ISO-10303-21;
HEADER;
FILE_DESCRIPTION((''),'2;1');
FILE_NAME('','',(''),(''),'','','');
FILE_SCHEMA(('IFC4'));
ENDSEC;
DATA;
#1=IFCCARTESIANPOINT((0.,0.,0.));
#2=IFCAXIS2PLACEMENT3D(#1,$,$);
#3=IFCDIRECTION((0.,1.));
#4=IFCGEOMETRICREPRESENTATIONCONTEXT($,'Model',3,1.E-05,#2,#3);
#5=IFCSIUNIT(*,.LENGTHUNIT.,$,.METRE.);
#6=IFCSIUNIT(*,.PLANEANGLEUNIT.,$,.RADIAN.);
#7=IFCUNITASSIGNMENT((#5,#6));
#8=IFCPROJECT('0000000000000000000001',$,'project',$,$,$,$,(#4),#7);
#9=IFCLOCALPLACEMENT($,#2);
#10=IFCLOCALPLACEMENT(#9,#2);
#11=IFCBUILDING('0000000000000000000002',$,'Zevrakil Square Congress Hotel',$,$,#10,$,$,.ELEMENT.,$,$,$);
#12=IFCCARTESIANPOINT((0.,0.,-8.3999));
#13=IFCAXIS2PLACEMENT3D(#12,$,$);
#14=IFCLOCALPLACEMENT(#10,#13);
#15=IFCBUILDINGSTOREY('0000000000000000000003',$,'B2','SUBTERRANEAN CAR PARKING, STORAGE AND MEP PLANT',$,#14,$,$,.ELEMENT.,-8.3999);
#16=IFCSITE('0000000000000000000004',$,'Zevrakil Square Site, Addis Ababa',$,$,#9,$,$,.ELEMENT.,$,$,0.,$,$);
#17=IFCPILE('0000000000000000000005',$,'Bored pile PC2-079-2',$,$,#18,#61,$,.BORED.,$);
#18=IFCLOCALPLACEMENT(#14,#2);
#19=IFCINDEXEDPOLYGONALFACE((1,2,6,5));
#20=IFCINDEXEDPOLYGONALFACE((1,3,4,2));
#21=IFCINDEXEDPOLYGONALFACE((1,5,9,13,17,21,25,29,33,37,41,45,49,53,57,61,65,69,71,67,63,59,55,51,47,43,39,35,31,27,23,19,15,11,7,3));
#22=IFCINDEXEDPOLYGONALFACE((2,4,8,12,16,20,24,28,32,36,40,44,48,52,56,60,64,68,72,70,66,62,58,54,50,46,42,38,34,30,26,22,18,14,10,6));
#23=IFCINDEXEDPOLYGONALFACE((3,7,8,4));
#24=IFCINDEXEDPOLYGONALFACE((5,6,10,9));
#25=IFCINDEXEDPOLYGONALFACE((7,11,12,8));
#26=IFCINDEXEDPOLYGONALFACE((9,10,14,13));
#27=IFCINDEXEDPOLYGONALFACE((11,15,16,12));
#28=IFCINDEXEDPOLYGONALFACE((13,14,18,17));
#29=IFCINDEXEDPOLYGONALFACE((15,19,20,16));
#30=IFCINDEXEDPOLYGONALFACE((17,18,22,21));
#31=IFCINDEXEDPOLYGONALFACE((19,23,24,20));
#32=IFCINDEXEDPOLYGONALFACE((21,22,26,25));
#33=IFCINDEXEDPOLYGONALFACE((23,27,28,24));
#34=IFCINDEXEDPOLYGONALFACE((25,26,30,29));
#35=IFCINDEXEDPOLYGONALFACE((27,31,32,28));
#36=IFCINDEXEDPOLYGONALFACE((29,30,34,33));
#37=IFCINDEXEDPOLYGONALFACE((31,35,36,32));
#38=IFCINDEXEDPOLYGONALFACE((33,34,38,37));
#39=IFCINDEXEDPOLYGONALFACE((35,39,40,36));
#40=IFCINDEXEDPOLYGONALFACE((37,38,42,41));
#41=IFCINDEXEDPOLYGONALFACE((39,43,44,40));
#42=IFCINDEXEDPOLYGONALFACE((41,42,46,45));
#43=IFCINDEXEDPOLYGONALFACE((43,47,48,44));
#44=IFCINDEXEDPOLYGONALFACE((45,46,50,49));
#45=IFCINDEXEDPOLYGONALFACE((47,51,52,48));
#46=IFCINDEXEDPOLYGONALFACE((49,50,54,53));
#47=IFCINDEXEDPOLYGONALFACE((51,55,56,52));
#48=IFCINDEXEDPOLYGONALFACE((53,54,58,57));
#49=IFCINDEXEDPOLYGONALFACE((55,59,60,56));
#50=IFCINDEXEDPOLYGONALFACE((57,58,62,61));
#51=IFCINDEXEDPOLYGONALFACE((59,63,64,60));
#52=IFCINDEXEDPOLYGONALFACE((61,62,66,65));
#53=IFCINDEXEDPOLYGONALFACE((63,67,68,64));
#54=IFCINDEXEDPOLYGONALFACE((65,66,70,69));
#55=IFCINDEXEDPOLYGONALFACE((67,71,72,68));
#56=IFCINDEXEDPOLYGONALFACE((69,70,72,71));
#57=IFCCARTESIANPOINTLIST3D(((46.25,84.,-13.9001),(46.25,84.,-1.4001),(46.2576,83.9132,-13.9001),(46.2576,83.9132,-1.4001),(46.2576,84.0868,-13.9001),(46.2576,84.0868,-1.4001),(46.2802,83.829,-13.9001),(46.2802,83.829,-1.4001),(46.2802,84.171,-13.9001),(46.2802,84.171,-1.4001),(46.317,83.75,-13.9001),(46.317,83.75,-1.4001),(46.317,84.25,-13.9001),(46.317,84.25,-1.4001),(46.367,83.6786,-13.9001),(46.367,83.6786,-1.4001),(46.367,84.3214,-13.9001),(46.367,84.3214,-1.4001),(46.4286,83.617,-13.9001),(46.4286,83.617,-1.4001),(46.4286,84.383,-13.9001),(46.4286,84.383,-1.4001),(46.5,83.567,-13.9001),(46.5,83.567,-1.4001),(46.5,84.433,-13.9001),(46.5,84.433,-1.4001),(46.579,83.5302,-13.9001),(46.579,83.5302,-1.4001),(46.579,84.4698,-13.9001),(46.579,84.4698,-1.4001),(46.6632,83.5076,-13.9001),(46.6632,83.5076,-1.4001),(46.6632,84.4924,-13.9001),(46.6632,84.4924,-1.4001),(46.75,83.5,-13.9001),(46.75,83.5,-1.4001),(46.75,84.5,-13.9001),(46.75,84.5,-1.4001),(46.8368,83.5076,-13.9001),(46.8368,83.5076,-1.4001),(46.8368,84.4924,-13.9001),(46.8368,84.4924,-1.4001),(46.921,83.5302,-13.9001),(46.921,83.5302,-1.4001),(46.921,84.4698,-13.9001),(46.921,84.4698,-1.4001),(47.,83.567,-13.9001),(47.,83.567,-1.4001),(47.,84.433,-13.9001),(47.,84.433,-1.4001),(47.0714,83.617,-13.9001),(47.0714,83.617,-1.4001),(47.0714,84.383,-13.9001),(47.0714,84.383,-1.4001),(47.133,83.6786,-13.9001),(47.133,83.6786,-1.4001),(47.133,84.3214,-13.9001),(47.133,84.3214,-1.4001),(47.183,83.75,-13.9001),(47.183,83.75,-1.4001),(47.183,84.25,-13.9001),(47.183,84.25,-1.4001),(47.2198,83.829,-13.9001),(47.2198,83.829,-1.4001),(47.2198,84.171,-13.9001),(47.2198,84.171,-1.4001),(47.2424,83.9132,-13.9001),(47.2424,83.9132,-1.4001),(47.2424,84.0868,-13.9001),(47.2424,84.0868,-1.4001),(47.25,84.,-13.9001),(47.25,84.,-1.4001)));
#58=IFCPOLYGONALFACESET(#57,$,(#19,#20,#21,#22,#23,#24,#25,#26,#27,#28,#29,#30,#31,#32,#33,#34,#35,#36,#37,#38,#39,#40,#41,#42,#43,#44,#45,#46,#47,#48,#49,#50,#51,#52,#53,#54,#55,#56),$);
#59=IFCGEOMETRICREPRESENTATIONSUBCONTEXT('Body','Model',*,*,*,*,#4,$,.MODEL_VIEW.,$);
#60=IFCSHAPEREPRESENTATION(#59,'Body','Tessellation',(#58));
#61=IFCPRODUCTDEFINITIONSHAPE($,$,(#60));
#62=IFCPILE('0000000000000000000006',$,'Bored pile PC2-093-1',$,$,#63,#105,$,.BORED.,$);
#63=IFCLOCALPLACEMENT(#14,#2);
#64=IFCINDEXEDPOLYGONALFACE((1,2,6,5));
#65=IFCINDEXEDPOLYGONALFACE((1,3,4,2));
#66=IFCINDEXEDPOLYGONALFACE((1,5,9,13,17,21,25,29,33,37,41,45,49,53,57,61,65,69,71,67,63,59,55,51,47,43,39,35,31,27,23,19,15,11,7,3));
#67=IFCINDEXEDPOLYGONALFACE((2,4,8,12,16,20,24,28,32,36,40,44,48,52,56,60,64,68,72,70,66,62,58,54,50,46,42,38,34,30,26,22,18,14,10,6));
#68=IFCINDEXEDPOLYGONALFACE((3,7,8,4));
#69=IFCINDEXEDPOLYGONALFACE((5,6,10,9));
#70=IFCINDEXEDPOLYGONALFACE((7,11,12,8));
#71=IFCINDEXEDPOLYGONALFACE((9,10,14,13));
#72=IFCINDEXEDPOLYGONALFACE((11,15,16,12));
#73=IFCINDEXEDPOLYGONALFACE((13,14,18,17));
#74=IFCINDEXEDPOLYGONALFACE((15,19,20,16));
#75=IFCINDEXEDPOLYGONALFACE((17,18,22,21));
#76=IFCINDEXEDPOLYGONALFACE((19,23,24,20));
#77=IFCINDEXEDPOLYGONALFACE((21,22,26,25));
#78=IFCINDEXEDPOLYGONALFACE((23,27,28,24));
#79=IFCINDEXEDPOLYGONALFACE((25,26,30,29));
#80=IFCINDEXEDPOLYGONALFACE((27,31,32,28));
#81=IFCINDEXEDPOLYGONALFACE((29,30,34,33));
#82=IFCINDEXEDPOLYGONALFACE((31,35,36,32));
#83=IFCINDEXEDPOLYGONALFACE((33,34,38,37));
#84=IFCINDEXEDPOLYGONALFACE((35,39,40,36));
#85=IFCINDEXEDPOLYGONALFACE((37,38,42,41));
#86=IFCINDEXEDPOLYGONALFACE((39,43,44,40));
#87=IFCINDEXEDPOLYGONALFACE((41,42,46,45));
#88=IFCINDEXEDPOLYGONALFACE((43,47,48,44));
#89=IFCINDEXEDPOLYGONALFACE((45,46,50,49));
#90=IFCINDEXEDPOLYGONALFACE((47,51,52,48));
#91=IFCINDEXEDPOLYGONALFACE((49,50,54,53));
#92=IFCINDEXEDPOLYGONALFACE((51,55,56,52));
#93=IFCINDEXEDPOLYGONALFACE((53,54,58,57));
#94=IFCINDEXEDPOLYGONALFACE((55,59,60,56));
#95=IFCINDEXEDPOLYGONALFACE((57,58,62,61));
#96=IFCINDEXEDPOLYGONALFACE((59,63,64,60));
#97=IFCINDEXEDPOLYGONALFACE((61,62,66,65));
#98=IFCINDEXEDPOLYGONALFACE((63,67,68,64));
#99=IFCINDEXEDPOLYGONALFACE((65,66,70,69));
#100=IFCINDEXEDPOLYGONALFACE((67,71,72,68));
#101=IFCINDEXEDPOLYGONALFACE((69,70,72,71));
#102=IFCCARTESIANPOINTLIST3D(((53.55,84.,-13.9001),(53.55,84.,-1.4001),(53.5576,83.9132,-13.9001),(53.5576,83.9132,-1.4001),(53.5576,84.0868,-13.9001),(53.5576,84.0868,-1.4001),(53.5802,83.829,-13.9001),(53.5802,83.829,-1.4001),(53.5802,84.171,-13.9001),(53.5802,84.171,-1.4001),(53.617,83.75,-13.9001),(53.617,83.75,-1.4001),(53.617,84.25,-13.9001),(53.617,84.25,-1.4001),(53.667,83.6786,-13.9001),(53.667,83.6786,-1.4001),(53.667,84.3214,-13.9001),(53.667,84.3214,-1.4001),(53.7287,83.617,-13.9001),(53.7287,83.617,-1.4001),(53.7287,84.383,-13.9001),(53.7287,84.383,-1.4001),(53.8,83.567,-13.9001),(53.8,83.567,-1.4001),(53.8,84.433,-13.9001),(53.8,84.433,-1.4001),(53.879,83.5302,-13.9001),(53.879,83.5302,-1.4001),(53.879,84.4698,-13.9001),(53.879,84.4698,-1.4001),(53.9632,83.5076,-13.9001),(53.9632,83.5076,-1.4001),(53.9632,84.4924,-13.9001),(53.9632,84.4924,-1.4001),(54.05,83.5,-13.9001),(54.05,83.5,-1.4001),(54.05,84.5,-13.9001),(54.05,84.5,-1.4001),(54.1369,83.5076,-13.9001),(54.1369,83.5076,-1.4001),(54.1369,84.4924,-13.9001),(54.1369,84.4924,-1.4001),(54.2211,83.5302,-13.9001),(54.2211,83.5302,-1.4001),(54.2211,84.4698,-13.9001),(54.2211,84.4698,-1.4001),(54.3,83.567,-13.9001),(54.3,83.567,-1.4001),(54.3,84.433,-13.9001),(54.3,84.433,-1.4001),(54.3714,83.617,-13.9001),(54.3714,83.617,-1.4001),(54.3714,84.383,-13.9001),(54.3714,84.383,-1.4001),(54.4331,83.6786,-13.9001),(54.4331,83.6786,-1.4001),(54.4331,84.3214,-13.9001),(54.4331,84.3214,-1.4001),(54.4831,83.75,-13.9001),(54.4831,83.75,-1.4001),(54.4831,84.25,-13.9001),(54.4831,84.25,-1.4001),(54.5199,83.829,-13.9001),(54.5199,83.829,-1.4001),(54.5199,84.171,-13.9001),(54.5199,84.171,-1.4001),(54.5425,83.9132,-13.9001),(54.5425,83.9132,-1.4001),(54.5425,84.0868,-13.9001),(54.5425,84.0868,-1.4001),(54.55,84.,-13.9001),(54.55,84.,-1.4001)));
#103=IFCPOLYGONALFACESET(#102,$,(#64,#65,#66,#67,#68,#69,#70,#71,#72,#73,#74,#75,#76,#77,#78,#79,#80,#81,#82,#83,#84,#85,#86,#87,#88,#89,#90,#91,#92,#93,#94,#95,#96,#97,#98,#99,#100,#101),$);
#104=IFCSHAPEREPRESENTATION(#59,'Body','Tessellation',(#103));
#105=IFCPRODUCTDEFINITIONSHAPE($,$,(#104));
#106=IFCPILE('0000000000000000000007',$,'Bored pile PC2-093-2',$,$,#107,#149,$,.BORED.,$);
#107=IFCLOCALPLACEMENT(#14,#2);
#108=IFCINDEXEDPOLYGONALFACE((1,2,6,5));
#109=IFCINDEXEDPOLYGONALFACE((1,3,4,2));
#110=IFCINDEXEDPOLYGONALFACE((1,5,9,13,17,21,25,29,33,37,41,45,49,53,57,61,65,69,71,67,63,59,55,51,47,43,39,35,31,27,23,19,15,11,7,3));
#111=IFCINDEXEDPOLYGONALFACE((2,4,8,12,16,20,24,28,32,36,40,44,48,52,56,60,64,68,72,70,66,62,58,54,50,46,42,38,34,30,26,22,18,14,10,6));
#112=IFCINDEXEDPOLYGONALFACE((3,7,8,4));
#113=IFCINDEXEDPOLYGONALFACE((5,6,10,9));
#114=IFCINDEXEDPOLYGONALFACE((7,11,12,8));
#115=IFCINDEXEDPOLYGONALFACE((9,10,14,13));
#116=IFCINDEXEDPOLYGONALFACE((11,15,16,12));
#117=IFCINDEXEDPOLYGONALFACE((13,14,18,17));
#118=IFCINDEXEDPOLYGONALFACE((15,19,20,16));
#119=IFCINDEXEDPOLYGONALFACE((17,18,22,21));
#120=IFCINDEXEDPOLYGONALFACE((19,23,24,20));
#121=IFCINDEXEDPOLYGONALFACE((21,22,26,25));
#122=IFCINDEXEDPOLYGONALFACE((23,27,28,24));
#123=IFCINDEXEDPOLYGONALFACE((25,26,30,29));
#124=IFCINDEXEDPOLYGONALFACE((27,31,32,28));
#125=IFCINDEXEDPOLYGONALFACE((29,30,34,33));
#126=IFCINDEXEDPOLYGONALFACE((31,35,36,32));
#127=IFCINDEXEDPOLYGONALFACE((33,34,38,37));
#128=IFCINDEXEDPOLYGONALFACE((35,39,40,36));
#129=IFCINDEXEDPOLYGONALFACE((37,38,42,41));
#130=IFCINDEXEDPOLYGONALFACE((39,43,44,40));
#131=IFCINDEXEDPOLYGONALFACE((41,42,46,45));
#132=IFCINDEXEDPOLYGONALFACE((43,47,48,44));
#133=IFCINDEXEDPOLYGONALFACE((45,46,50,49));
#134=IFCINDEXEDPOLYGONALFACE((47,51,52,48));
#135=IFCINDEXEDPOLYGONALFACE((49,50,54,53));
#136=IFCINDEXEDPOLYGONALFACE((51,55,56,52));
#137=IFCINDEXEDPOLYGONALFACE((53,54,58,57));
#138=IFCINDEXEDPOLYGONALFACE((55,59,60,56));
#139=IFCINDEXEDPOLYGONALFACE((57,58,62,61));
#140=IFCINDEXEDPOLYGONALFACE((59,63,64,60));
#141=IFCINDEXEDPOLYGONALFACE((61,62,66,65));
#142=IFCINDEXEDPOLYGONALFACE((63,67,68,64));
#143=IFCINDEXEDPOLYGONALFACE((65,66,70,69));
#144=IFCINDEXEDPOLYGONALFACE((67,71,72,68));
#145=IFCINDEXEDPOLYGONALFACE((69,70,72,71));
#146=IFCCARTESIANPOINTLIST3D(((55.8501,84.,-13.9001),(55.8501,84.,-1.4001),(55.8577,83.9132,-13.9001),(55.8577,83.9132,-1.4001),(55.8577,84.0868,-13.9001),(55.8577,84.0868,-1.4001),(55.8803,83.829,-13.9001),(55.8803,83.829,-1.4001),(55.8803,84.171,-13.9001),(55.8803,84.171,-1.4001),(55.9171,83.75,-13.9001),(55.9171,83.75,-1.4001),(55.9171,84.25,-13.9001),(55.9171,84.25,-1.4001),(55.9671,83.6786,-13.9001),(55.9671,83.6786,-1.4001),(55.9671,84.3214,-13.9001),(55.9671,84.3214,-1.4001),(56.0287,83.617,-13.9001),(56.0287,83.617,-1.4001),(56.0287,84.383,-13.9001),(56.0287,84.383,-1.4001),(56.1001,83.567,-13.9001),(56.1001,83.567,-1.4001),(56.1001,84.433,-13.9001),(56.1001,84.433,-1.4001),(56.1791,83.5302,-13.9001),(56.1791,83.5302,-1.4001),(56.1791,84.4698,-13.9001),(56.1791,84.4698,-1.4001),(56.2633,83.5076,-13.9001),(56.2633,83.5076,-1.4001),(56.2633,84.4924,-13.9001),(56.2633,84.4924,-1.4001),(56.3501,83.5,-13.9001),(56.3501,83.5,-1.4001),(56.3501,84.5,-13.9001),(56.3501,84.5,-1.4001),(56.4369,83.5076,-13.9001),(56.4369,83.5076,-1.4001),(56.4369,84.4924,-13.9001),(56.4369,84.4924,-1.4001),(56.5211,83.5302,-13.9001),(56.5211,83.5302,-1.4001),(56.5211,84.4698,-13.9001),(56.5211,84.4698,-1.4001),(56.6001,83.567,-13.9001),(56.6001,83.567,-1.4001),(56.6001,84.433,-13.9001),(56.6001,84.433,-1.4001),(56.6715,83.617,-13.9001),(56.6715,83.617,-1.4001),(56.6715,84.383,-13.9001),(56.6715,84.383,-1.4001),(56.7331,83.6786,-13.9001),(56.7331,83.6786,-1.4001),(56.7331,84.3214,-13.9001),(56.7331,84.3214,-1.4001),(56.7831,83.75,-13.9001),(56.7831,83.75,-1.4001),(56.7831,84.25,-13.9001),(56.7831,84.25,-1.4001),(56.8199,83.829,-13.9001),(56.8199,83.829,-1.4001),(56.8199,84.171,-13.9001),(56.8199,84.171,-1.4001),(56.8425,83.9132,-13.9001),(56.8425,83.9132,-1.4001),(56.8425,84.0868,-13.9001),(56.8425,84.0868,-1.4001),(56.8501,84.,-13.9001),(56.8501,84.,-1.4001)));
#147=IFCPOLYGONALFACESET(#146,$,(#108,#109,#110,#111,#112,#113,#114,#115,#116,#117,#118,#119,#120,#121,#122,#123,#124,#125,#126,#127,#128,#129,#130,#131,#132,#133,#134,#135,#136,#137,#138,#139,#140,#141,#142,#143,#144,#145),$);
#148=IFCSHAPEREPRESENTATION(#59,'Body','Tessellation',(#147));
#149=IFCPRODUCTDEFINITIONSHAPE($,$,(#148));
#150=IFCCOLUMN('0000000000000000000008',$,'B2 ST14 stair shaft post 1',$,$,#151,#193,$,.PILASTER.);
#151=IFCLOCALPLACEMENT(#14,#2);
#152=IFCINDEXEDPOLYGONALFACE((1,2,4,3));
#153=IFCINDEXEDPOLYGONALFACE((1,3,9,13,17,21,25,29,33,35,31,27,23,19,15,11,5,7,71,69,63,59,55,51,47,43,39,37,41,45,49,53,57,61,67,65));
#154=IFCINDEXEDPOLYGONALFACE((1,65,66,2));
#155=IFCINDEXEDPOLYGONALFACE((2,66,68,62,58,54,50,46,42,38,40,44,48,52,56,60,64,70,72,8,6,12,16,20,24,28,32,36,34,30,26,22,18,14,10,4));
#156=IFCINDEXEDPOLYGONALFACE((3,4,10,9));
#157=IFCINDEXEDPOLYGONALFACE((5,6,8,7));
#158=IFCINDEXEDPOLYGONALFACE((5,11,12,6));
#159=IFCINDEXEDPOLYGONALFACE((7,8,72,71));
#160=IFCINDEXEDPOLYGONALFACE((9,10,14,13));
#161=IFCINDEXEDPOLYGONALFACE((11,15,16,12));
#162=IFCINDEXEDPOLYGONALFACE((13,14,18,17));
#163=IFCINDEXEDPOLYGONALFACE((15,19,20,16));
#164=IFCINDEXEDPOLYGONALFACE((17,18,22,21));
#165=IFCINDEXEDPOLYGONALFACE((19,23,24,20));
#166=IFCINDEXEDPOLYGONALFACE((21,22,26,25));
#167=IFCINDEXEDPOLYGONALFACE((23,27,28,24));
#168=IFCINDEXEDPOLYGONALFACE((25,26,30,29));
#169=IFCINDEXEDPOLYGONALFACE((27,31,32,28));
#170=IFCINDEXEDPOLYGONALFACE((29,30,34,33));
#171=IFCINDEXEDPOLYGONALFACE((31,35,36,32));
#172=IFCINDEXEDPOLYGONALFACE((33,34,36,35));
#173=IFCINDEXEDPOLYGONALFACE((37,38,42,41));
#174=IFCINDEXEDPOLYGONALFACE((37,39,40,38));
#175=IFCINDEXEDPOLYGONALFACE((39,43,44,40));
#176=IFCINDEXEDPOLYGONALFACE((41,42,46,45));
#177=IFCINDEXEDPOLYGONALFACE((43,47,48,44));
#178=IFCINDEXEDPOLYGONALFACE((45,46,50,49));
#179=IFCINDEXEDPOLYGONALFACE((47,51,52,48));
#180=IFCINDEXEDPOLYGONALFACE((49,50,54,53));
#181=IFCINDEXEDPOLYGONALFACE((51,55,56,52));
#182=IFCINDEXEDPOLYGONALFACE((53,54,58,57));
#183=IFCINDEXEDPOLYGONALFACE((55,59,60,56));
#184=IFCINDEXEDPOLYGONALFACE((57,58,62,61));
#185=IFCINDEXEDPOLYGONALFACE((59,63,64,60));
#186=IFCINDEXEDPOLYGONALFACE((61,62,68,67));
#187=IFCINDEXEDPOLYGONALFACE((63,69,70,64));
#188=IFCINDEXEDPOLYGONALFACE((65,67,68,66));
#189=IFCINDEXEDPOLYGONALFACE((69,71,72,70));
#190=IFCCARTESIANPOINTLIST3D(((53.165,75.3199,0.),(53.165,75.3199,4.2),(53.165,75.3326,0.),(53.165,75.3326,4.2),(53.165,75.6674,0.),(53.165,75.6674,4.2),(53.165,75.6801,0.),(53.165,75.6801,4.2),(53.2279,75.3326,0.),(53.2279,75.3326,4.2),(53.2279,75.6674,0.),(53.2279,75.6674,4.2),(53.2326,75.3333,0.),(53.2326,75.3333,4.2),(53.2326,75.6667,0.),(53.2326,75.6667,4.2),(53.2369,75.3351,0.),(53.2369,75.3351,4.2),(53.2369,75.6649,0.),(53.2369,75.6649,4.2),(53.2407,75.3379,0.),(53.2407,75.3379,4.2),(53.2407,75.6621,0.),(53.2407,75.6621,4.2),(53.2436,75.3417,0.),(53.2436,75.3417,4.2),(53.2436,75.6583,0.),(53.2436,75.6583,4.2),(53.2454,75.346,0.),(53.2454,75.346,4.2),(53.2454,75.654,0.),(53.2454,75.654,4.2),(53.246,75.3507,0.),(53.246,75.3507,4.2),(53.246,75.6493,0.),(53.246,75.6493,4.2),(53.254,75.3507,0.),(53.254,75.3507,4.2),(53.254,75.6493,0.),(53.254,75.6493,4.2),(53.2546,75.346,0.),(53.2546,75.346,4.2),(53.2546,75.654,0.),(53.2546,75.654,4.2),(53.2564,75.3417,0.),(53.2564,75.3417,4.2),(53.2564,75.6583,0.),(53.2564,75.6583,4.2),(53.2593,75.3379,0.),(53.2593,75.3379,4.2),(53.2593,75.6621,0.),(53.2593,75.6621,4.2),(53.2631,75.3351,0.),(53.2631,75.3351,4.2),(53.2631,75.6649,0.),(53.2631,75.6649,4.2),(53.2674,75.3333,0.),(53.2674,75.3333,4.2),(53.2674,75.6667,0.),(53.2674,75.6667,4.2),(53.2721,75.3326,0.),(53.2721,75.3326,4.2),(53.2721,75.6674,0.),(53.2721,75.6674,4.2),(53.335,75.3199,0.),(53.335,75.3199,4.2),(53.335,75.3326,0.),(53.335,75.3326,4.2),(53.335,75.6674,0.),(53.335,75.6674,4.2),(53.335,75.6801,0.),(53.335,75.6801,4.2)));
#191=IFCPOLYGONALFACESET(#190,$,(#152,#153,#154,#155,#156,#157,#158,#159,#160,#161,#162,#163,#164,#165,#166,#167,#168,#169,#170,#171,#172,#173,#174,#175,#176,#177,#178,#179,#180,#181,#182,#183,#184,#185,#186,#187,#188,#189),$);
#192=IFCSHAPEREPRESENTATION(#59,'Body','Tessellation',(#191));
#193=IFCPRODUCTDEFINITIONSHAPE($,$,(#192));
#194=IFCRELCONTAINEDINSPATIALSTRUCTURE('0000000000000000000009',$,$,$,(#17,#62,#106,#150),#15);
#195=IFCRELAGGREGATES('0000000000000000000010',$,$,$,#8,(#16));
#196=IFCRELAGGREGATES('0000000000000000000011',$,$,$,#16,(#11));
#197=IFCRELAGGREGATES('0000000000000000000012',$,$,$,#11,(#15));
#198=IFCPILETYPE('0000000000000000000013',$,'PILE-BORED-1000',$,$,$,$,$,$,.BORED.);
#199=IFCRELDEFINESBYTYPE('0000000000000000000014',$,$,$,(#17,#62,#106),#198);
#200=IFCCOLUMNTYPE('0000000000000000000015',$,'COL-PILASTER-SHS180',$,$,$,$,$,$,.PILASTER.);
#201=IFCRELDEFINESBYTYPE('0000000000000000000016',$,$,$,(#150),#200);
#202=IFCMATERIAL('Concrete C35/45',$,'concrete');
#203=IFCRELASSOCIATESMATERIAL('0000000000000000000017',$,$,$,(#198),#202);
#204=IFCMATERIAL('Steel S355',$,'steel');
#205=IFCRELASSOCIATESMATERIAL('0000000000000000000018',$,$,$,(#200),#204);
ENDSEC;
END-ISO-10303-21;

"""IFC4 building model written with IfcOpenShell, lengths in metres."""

from ifc_helpers import new_model, si_unit, direction, frame, origin, origin_2d, place, context, subcontext, project, spatial, circle, i_section, extrude, material, material_profile, profile_set, type_object, element, save


model = new_model("IFC4")

# Units and contexts
model_context = context("Model", 3, precision=1e-05, world=origin(), true_north=direction((0.0, 1.0)))
body_context = subcontext(model_context, "Body", "Model", "MODEL_VIEW")
ifc_project = project(units=[si_unit("LENGTHUNIT", "METRE"), si_unit("PLANEANGLEUNIT", "RADIAN")], contexts=[model_context])

# Site, building, storey
site_placement = place(None, origin())
site = spatial("IfcSite", under=ifc_project, at=site_placement, Name="Zevrakil Square Site, Addis Ababa", CompositionType="ELEMENT", RefElevation=0.0)
building_placement = place(site_placement, origin())
building = spatial("IfcBuilding", under=site, at=building_placement, Name="Zevrakil Square Congress Hotel", CompositionType="ELEMENT")
storey_placement = place(building_placement, frame((0.0, 0.0, -8.3999)))
storey = spatial("IfcBuildingStorey", under=building, at=storey_placement, Name="B2", Description="SUBTERRANEAN CAR PARKING, STORAGE AND MEP PLANT", CompositionType="ELEMENT", Elevation=-8.3999)

# Piles
ifc_material_1 = material(Name="Concrete C35/45", Category="concrete")
ifc_material_profile_1 = material_profile(ifc_material_1, circle(Radius=0.5, at=origin_2d()), Name="PILE D1000")
ifc_profile_set_1 = profile_set([ifc_material_profile_1], Name="Concrete C35/45")
pile_type = type_object("IfcPileType", Name="PILE-BORED-1000", PredefinedType="BORED", material=ifc_profile_set_1)
for number, where, z_axis, x_axis, name in (
    (1, (46.75, 84.0, -1.4001), (0.0, 0.0, -1.0), (1.0, 0.0, 0.0), "Bored pile PC2-079-2"),
    (2, (54.05, 84.0, -1.4001), (0.0, 0.0, -1.0), (1.0, 0.0, 0.0), "Bored pile PC2-093-1"),
    (3, (56.3501, 84.0, -1.4001), (0.0, 0.0, -1.0), (1.0, 0.0, 0.0), "Bored pile PC2-093-2"),
):
    element("IfcPile", number, at=place(storey_placement, frame(where, z_axis=z_axis, x_axis=x_axis)), inside=storey, type_object=pile_type, Name=name, PredefinedType="BORED", context=body_context, shape_type="SweptSolid", body=[
        extrude(circle(Radius=0.5, at=origin_2d()), origin(), (0.0, 0.0, 1.0), 12.5),
    ])

# Column
ifc_material_2 = material(Name="Steel S355", Category="steel")
ifc_material_profile_2 = material_profile(ifc_material_2, i_section(OverallWidth=0.1699, OverallDepth=0.3601, WebThickness=0.0081, FlangeThickness=0.0127, FilletRadius=0.0181, at=origin_2d()), Name="IPE 360")
ifc_profile_set_2 = profile_set([ifc_material_profile_2], Name="Steel S355")
column_type_1 = type_object("IfcColumnType", Name="COL-PILASTER-SHS180", PredefinedType="PILASTER", material=ifc_profile_set_2)
for number, where, z_axis, x_axis, name in (
    (4, (53.25, 75.5, 0.0), (0.0, 0.0, 1.0), (1.0, 0.0, 0.0), "B2 ST14 stair shaft post 1"),
):
    element("IfcColumn", number, at=place(storey_placement, frame(where, z_axis=z_axis, x_axis=x_axis)), inside=storey, type_object=column_type_1, Name=name, PredefinedType="PILASTER", context=body_context, shape_type="SweptSolid", body=[
        extrude(i_section(OverallWidth=0.1699, OverallDepth=0.3601, WebThickness=0.0081, FlangeThickness=0.0127, FilletRadius=0.0181, at=origin_2d()), origin(), (0.0, 0.0, 1.0), 4.2),
    ])

save(model, "model.ifc")
